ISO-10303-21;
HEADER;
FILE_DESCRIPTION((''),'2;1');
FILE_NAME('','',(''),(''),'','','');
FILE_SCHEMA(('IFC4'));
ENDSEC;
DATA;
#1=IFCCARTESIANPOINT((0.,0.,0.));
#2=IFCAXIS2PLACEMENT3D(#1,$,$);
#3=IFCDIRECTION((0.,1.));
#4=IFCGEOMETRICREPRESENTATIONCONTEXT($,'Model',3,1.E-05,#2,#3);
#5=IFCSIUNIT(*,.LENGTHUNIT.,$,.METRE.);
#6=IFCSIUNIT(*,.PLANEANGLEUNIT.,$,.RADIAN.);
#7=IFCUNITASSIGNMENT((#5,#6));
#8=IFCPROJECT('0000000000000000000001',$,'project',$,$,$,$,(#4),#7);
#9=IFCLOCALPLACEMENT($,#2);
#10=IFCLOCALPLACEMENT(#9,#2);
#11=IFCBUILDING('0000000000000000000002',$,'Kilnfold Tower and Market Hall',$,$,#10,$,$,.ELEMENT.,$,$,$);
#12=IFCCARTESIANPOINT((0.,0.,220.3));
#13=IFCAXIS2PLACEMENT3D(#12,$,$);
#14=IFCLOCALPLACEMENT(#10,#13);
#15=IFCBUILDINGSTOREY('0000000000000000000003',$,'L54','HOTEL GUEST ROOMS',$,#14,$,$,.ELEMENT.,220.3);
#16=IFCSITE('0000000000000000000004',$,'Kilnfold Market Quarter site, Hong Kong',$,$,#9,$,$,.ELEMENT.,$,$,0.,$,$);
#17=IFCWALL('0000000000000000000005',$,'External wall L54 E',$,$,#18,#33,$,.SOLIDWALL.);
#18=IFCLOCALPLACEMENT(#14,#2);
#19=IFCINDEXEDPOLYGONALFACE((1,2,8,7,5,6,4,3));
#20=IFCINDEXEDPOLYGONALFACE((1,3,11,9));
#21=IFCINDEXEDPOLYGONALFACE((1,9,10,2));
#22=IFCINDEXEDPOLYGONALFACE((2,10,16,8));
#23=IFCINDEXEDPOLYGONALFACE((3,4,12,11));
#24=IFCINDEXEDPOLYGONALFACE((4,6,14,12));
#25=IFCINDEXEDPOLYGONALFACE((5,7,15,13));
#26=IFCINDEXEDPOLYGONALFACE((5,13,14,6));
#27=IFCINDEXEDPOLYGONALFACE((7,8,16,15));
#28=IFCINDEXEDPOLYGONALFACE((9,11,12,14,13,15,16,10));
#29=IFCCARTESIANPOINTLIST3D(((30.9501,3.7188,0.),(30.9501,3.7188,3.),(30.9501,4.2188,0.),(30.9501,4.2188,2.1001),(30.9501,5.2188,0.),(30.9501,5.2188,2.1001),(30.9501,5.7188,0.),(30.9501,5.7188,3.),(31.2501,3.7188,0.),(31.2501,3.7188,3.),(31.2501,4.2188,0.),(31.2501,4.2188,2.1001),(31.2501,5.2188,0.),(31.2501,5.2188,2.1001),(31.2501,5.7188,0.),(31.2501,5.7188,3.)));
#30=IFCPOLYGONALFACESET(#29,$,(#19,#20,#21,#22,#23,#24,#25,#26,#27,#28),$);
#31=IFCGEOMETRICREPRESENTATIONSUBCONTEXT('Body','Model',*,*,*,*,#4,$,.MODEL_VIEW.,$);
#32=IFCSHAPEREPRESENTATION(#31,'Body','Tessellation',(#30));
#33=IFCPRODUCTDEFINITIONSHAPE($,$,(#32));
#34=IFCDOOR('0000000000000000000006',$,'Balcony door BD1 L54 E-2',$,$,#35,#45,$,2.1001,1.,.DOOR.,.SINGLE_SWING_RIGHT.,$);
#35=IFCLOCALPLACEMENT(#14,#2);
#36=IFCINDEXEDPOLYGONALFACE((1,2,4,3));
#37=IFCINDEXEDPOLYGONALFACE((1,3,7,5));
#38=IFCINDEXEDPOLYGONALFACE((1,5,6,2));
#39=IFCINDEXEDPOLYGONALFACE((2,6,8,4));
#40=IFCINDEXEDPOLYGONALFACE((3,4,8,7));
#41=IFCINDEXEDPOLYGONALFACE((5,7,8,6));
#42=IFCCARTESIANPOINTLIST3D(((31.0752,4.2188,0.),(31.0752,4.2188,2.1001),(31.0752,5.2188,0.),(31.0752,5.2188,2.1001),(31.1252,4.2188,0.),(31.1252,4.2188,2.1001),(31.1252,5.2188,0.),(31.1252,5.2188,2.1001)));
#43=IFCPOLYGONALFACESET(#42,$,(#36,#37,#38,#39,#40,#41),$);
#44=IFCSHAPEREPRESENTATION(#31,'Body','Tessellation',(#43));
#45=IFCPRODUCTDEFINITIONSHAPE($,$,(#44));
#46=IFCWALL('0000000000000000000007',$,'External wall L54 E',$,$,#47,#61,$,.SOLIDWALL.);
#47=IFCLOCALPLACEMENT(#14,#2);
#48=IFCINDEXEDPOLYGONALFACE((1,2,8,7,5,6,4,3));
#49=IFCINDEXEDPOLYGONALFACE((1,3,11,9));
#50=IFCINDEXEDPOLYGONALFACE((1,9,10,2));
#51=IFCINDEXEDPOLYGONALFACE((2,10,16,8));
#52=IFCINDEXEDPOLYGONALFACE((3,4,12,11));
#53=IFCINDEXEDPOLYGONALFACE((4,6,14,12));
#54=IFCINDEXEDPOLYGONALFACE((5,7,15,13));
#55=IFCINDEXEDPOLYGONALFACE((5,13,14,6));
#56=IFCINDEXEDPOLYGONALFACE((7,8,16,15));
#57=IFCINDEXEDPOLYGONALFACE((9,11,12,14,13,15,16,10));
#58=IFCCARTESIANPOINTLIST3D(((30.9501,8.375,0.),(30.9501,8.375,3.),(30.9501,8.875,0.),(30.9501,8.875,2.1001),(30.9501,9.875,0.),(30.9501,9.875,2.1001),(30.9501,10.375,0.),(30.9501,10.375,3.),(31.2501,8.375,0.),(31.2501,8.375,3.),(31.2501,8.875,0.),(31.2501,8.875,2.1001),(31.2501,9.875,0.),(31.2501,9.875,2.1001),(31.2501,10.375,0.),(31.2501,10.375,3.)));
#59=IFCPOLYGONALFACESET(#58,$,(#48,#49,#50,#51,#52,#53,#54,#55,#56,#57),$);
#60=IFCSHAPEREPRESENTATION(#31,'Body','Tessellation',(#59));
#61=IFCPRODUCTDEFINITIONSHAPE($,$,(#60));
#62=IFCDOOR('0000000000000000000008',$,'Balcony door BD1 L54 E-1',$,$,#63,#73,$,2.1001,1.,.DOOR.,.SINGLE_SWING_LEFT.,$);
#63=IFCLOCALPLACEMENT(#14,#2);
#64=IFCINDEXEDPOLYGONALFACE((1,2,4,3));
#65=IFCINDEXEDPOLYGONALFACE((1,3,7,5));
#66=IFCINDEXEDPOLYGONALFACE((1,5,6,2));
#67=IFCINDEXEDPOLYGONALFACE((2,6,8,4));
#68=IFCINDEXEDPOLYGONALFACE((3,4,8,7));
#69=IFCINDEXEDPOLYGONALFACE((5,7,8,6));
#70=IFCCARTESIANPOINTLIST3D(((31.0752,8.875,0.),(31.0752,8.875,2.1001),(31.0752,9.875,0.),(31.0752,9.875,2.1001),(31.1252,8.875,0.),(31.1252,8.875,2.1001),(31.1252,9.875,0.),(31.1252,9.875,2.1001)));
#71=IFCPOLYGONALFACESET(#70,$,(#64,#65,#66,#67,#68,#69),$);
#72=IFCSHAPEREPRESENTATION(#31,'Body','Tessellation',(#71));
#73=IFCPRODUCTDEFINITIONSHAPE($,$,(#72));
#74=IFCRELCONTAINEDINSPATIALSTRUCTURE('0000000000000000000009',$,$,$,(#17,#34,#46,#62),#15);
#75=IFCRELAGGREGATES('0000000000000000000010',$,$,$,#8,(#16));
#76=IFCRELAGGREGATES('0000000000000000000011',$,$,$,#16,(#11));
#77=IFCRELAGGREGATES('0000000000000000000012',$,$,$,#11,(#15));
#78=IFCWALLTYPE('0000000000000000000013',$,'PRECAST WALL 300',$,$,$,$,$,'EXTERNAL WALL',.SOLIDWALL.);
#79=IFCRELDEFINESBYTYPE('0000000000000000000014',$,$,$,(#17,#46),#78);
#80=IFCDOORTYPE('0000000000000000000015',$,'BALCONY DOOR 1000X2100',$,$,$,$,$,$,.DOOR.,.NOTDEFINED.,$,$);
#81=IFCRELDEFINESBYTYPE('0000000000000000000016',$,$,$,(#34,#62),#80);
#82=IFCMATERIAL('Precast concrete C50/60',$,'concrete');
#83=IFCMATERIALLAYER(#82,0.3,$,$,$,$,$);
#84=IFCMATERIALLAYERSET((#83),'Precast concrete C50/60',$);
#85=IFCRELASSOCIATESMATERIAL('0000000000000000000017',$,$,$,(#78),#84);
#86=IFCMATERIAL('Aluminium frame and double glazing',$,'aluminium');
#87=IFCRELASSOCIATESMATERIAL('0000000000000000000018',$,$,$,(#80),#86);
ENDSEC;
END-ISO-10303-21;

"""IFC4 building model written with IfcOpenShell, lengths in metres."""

from ifc_helpers import new_model, si_unit, direction, frame, frame_2d, origin, place, context, subcontext, project, spatial, rectangle, extrude, source, transform, mapped, material, layer, layer_set, type_object, element, fill, save


model = new_model("IFC4")

# Units and contexts
model_context = context("Model", 3, precision=1e-05, world=origin(), true_north=direction((0.0, 1.0)))
body_context = subcontext(model_context, "Body", "Model", "MODEL_VIEW")
ifc_project = project(units=[si_unit("LENGTHUNIT", "METRE"), si_unit("PLANEANGLEUNIT", "RADIAN")], contexts=[model_context])

# Site, building, storey
site_placement = place(None, origin())
site = spatial("IfcSite", under=ifc_project, at=site_placement, Name="Kilnfold Market Quarter site, Hong Kong", CompositionType="ELEMENT", RefElevation=0.0)
building_placement = place(site_placement, origin())
building = spatial("IfcBuilding", under=site, at=building_placement, Name="Kilnfold Tower and Market Hall", CompositionType="ELEMENT")
storey_placement = place(building_placement, frame((0.0, 0.0, 220.3)))
storey = spatial("IfcBuildingStorey", under=building, at=storey_placement, Name="L54", Description="HOTEL GUEST ROOMS", CompositionType="ELEMENT", Elevation=220.3)

# Walls, openings, doors
ifc_material_1 = material(Name="Precast concrete C50/60", Category="concrete")
ifc_layer_1 = layer(ifc_material_1, 0.3)
ifc_layer_set_1 = layer_set([ifc_layer_1], Name="Precast concrete C50/60")
wall_type_1 = type_object("IfcWallType", Name="PRECAST WALL 300", ElementType="EXTERNAL WALL", PredefinedType="SOLIDWALL", material=ifc_layer_set_1)
shared_shape_1 = source(origin(), body_context, "Body", "SweptSolid", [
    extrude(rectangle(XDim=2.0, YDim=0.3, at=frame_2d((1.0, 0.0))), origin(), (0.0, 0.0, 1.0), 3.0),
])
wall_1_placement = place(storey_placement, frame((31.1001, 3.7188, 0.0), z_axis=(0.0, 0.0, 1.0), x_axis=(0.0, 1.0, 0.0)))
wall_1 = element("IfcWall", 1, at=wall_1_placement, inside=storey, type_object=wall_type_1, Name="External wall L54 E", PredefinedType="SOLIDWALL", context=body_context, shape_type="MappedRepresentation", body=[
    mapped(shared_shape_1, transform((0.0, 0.0, 0.0))),
])
opening_1_placement = place(wall_1_placement, frame((0.5, 0.0, 0.0)))
opening_1 = element("IfcOpeningElement", 2, at=opening_1_placement, cuts=wall_1, PredefinedType="OPENING", context=body_context, shape_type="SweptSolid", body=[
    extrude(rectangle(XDim=1.0, YDim=2.1001, at=frame_2d((0.5, 1.05))), frame((0.0, 0.1602, 0.0), z_axis=(0.0, -1.0, 0.0), x_axis=(1.0, 0.0, 0.0)), (0.0, 0.0, 1.0), 0.3201),
])
ifc_material_2 = material(Name="Aluminium frame and double glazing", Category="aluminium")
door_type_1 = type_object("IfcDoorType", Name="BALCONY DOOR 1000X2100", OperationType="NOTDEFINED", PredefinedType="DOOR", material=ifc_material_2)
door_1_placement = place(opening_1_placement, origin())
door_1 = element("IfcDoor", 3, at=door_1_placement, inside=storey, type_object=door_type_1, Name="Balcony door BD1 L54 E-2", OperationType="SINGLE_SWING_RIGHT", OverallHeight=2.1001, OverallWidth=1.0, PredefinedType="DOOR", context=body_context, shape_type="SweptSolid", body=[
    extrude(rectangle(XDim=1.0, YDim=2.1001, at=frame_2d((0.5, 1.05))), frame((0.0, 0.0249, 0.0), z_axis=(0.0, -1.0, 0.0), x_axis=(1.0, 0.0, 0.0)), (0.0, 0.0, 1.0), 0.05),
])
fill(opening_1, door_1)
wall_2_placement = place(storey_placement, frame((31.1001, 8.375, 0.0), z_axis=(0.0, 0.0, 1.0), x_axis=(0.0, 1.0, 0.0)))
wall_2 = element("IfcWall", 4, at=wall_2_placement, inside=storey, type_object=wall_type_1, Name="External wall L54 E", PredefinedType="SOLIDWALL", context=body_context, shape_type="MappedRepresentation", body=[
    mapped(shared_shape_1, transform((0.0, 0.0, 0.0))),
])
opening_2_placement = place(wall_2_placement, frame((0.5, 0.0, 0.0)))
opening_2 = element("IfcOpeningElement", 5, at=opening_2_placement, cuts=wall_2, PredefinedType="OPENING", context=body_context, shape_type="SweptSolid", body=[
    extrude(rectangle(XDim=1.0, YDim=2.1001, at=frame_2d((0.5, 1.05))), frame((0.0, 0.1602, 0.0), z_axis=(0.0, -1.0, 0.0), x_axis=(1.0, 0.0, 0.0)), (0.0, 0.0, 1.0), 0.3201),
])
door_2_placement = place(opening_2_placement, origin())
door_2 = element("IfcDoor", 6, at=door_2_placement, inside=storey, type_object=door_type_1, Name="Balcony door BD1 L54 E-1", OperationType="SINGLE_SWING_LEFT", OverallHeight=2.1001, OverallWidth=1.0, PredefinedType="DOOR", context=body_context, shape_type="SweptSolid", body=[
    extrude(rectangle(XDim=1.0, YDim=2.1001, at=frame_2d((0.5, 1.05))), frame((0.0, 0.0249, 0.0), z_axis=(0.0, -1.0, 0.0), x_axis=(1.0, 0.0, 0.0)), (0.0, 0.0, 1.0), 0.05),
])
fill(opening_2, door_2)

save(model, "model.ifc")
